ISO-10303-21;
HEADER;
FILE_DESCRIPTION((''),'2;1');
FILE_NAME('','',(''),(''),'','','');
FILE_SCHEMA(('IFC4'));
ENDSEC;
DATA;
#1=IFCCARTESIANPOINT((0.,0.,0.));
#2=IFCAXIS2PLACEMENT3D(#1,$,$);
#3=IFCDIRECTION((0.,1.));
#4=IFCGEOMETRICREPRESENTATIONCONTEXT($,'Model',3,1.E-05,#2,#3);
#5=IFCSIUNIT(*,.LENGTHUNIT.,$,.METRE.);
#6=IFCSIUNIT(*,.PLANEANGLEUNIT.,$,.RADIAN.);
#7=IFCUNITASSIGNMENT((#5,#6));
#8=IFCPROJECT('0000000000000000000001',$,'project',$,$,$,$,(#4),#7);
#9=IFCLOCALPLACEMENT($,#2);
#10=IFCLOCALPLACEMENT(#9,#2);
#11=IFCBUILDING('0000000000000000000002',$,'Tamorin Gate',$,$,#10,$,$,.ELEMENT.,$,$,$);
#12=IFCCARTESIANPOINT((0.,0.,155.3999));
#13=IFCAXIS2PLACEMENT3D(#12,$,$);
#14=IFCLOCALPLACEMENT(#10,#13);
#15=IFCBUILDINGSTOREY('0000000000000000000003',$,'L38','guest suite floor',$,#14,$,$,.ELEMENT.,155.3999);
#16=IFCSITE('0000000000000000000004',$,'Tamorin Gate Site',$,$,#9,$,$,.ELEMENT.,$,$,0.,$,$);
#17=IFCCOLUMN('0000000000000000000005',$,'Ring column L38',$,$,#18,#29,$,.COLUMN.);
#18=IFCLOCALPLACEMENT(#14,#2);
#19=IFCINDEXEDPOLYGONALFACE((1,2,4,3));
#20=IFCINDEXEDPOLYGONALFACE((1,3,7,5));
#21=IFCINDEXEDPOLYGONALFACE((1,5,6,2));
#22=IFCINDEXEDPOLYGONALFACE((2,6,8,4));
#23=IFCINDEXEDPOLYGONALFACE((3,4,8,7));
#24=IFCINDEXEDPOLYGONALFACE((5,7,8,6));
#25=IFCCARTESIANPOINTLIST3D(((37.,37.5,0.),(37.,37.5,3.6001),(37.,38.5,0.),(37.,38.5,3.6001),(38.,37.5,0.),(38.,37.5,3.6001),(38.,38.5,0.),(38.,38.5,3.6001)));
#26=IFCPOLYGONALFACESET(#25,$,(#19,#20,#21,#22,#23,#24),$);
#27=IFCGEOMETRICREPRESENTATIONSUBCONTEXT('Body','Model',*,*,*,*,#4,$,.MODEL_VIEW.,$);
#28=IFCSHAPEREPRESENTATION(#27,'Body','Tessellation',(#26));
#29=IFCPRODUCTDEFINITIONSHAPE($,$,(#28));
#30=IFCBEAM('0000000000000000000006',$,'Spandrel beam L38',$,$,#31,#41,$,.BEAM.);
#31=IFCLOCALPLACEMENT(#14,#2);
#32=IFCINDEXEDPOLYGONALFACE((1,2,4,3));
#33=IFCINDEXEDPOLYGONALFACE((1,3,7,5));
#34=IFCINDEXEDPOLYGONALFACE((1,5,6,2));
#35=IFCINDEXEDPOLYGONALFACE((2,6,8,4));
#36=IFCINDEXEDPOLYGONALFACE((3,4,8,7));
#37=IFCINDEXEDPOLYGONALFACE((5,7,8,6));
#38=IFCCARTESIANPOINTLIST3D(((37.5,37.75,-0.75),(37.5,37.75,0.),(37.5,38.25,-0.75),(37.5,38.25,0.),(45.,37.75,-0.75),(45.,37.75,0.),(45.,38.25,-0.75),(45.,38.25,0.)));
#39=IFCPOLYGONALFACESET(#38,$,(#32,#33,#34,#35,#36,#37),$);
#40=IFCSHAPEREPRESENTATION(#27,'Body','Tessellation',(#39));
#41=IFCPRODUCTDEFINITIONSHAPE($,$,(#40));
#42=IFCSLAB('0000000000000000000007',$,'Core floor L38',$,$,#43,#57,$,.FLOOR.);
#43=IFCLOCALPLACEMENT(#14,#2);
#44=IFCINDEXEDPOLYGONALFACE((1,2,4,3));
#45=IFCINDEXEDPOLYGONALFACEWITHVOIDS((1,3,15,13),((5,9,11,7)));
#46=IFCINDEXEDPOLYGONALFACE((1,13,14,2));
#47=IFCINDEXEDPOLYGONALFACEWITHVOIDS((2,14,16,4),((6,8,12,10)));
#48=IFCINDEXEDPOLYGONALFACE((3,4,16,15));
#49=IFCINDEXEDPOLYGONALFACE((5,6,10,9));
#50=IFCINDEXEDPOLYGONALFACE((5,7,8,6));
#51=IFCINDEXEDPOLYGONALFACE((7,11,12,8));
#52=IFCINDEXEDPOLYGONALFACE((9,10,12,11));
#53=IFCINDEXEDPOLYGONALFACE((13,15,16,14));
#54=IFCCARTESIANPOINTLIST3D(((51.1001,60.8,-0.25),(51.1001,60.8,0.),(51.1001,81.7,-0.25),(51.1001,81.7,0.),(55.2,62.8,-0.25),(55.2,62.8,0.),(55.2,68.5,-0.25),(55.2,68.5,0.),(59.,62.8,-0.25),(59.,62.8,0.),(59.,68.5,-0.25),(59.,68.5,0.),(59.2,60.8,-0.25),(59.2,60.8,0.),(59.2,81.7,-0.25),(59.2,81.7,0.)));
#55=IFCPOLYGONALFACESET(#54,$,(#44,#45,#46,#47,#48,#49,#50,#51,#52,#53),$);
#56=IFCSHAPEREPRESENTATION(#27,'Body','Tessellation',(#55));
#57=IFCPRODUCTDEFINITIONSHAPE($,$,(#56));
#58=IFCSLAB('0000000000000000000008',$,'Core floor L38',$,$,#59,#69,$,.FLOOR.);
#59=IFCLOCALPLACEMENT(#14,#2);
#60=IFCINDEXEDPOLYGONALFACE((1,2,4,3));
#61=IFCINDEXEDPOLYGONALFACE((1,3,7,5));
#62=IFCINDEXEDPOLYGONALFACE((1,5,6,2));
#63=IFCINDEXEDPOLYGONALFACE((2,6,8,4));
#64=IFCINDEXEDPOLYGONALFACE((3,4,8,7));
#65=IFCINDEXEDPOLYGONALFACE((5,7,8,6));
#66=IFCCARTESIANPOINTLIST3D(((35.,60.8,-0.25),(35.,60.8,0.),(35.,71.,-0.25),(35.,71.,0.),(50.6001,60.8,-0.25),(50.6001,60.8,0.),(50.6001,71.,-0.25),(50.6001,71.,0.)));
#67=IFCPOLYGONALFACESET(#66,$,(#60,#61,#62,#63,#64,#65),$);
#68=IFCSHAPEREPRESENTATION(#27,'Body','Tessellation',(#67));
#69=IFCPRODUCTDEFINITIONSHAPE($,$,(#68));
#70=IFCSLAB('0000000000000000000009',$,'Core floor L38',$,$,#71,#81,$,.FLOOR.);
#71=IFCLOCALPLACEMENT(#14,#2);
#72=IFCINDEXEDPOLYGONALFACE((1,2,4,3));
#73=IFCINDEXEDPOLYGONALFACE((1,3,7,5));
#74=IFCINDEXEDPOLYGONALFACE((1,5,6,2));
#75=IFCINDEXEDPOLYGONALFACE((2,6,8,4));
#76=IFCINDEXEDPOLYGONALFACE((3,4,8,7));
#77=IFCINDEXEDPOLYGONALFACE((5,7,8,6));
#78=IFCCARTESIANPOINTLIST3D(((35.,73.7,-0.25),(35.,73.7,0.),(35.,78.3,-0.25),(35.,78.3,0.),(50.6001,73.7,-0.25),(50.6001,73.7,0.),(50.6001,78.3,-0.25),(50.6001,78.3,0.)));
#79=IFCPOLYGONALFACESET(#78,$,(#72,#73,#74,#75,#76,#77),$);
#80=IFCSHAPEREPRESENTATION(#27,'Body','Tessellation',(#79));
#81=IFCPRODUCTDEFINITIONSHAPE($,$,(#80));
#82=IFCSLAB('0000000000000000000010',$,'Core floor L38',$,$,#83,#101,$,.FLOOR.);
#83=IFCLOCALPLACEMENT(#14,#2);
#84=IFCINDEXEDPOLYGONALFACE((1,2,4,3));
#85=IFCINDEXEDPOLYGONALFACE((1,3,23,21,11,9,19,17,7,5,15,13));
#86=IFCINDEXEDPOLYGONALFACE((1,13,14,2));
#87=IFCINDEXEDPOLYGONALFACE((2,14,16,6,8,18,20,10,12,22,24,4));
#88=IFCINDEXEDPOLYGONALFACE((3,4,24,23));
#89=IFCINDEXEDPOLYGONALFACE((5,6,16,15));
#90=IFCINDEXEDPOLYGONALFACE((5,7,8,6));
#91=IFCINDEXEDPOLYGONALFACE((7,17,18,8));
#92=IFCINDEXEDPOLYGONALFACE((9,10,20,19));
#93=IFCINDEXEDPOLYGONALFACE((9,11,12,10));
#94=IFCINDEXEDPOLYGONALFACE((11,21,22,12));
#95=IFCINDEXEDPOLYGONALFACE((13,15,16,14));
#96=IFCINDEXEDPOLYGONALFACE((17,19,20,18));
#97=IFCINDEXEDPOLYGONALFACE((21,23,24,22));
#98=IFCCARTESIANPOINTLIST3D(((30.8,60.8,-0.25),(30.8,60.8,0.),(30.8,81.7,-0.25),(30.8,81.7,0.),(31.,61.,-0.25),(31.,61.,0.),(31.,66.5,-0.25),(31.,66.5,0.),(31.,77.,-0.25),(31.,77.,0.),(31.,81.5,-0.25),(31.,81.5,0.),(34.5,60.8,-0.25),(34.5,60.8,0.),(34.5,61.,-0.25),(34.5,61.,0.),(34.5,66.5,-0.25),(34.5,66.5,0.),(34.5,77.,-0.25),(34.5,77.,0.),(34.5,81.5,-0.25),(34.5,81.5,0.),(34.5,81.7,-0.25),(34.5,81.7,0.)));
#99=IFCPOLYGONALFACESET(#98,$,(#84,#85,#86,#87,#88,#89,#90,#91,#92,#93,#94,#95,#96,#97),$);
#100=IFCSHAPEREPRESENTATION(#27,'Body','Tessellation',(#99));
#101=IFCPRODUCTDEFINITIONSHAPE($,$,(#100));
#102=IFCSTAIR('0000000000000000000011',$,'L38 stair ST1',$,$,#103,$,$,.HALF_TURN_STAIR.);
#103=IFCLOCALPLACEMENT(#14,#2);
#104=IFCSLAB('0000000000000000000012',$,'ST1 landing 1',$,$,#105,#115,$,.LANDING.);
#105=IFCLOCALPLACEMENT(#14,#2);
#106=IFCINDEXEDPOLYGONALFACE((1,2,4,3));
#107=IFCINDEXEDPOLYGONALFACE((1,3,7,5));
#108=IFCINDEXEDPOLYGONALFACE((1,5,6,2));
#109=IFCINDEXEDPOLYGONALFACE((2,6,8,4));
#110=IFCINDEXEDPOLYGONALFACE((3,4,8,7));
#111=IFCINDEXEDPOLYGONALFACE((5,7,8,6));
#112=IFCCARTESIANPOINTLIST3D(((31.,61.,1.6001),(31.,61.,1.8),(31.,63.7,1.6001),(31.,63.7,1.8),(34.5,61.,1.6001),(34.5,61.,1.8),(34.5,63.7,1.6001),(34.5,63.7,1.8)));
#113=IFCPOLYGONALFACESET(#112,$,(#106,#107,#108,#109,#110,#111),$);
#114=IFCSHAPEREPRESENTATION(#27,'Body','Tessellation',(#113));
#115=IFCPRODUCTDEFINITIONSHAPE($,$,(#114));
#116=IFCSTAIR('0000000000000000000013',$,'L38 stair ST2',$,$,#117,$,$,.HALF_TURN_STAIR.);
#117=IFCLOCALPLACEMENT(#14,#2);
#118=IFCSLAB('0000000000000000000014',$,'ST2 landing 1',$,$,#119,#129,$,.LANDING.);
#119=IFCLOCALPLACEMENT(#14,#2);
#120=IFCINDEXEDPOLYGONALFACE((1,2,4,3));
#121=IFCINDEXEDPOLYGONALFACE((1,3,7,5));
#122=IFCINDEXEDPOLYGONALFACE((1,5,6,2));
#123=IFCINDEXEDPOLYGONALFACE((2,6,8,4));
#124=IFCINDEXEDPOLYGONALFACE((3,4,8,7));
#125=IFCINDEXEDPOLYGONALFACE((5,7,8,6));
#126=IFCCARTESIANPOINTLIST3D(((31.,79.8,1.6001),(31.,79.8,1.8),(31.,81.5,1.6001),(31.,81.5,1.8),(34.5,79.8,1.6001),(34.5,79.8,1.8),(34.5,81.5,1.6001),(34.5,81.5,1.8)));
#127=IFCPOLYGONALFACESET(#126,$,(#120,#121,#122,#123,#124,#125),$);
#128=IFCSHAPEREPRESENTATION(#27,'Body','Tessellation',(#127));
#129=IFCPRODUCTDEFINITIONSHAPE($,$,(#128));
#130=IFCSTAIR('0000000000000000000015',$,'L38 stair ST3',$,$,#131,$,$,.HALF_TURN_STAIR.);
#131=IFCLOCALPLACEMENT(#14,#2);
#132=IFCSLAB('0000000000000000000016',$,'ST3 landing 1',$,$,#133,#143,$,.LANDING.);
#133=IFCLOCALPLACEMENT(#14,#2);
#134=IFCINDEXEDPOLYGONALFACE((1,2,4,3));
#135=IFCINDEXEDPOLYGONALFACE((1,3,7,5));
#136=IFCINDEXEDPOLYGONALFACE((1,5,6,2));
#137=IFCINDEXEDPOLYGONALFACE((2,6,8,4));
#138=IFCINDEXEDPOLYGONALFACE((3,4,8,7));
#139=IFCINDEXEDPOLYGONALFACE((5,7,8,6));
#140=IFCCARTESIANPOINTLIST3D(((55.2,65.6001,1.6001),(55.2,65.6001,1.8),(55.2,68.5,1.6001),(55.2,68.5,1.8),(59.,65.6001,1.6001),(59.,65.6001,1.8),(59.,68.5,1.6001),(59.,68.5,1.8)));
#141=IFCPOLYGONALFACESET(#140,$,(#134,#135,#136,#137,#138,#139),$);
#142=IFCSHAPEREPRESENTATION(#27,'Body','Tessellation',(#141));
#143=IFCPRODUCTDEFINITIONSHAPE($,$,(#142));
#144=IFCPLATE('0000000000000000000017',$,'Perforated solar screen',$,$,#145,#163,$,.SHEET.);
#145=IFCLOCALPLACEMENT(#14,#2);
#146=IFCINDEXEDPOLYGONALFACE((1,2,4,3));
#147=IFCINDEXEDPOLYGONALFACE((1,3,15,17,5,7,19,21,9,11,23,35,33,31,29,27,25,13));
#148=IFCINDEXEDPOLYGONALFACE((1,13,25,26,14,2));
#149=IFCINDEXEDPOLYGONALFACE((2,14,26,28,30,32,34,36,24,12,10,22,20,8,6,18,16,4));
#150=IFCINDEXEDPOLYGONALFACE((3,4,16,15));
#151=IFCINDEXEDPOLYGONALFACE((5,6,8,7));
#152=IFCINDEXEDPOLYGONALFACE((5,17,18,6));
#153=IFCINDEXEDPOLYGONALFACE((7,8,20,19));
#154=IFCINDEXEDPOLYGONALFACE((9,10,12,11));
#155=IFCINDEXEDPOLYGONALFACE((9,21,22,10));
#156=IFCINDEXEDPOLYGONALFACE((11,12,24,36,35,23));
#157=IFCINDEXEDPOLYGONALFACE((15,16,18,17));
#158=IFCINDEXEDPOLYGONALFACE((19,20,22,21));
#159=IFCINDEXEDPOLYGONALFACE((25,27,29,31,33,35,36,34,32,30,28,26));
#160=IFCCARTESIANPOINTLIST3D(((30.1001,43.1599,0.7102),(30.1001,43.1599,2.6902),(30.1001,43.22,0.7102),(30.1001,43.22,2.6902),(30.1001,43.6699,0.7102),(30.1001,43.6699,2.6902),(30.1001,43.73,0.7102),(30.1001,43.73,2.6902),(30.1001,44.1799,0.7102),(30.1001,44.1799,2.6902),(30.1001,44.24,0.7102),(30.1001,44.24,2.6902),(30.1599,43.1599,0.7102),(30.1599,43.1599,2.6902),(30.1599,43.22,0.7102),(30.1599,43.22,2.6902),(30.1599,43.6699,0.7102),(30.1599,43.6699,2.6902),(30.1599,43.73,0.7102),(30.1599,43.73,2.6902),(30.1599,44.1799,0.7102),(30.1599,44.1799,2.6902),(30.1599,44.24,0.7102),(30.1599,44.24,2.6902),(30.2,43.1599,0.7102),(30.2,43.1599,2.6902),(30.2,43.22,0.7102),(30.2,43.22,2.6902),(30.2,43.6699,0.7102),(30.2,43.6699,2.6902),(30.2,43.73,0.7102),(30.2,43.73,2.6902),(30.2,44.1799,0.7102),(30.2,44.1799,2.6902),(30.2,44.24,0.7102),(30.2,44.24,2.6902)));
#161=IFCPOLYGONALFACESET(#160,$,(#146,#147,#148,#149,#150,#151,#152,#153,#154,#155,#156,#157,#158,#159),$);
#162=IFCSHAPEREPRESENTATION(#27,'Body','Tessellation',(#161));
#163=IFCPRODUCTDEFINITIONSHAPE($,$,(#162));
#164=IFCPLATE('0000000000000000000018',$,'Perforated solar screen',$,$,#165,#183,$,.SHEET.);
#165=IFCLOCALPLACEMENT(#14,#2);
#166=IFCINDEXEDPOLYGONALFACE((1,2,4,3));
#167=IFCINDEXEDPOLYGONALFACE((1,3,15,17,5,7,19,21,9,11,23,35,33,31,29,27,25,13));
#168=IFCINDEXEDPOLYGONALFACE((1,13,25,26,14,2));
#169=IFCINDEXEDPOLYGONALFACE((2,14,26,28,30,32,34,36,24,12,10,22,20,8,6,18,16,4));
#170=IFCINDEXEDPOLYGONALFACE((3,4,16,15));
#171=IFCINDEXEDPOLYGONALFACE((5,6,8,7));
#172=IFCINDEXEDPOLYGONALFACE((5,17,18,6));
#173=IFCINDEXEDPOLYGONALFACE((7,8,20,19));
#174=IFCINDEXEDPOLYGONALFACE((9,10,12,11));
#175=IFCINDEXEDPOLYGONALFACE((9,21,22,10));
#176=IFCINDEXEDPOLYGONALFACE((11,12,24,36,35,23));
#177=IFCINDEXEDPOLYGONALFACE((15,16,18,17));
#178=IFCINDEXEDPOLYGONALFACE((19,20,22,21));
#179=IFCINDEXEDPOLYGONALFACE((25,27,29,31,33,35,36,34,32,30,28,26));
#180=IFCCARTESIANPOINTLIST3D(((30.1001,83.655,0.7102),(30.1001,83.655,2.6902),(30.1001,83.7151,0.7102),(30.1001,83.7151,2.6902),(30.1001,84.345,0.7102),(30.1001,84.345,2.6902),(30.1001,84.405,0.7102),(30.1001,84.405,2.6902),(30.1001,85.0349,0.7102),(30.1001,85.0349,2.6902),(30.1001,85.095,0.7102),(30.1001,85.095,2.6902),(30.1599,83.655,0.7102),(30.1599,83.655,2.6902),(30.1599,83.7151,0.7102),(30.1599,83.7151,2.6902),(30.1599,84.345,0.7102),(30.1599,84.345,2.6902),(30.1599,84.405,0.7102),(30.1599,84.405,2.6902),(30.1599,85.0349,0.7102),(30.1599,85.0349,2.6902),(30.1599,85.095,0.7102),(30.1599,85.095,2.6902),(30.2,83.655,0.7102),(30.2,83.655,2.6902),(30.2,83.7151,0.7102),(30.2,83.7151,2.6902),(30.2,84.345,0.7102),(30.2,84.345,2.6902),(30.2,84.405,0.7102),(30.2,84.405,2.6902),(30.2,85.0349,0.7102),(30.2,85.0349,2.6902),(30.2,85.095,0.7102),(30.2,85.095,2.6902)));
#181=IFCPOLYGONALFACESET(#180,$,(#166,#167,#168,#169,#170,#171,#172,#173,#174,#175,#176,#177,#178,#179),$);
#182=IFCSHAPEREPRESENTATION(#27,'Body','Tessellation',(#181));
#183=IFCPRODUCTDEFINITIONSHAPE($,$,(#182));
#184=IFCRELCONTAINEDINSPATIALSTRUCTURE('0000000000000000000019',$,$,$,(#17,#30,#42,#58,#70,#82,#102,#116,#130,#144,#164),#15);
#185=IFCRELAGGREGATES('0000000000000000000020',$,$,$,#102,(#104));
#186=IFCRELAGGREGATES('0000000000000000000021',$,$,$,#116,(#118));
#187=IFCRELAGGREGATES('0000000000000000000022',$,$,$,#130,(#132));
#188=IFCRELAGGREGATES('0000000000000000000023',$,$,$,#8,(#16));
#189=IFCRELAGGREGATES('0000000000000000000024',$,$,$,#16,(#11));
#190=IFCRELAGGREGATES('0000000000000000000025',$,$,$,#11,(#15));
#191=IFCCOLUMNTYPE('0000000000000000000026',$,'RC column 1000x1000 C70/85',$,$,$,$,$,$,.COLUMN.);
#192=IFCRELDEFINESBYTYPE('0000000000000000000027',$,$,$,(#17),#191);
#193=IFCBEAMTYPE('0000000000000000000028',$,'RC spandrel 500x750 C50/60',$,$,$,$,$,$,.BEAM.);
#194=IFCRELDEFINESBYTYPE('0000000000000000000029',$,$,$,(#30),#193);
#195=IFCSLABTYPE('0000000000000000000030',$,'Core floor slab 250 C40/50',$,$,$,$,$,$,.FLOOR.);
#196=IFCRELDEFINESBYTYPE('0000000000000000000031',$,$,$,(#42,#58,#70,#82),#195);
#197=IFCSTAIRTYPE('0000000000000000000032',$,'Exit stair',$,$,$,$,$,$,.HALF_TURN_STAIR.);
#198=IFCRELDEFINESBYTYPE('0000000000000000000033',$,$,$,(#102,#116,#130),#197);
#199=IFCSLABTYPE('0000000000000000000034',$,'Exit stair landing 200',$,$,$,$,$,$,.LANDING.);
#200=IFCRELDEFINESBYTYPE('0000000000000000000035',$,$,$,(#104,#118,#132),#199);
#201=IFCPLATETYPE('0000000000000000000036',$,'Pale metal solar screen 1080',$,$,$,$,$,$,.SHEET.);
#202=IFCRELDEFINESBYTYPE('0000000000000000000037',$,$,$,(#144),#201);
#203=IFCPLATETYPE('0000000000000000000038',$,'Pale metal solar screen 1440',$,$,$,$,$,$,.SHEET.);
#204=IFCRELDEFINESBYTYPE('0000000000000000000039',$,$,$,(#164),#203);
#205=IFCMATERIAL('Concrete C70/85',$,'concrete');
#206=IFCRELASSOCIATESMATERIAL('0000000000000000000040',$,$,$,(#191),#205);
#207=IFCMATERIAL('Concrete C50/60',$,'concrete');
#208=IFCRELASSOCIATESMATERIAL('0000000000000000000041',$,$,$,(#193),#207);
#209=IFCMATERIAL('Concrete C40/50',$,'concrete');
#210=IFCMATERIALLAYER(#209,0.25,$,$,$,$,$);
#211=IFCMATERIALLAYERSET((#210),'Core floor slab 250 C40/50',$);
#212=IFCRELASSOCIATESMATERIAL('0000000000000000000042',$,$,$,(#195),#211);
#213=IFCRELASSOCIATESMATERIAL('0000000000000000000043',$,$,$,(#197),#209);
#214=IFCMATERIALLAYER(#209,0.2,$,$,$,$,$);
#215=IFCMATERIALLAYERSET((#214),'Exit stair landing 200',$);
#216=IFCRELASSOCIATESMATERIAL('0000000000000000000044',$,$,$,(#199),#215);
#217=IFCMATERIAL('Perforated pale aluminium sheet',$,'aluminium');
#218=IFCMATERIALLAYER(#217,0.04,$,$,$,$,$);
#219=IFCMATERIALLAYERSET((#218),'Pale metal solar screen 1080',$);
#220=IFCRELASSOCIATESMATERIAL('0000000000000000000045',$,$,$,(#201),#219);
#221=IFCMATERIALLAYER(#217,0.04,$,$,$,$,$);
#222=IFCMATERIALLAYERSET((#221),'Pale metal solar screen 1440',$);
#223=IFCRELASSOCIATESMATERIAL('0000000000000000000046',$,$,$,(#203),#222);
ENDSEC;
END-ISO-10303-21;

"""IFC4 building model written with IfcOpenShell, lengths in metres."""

from ifc_helpers import new_model, si_unit, direction, frame, origin, origin_2d, place, context, subcontext, project, spatial, polyline, rectangle, outline, extrude, material, layer, layer_set, material_profile, profile_set, type_object, element, aggregate, save


model = new_model("IFC4")

# Units and contexts
model_context = context("Model", 3, precision=1e-05, world=origin(), true_north=direction((0.0, 1.0)))
body_context = subcontext(model_context, "Body", "Model", "MODEL_VIEW")
ifc_project = project(units=[si_unit("LENGTHUNIT", "METRE"), si_unit("PLANEANGLEUNIT", "RADIAN")], contexts=[model_context])

# Site, building, storey
site_placement = place(None, origin())
site = spatial("IfcSite", under=ifc_project, at=site_placement, Name="Tamorin Gate Site", CompositionType="ELEMENT", RefElevation=0.0)
building_placement = place(site_placement, origin())
building = spatial("IfcBuilding", under=site, at=building_placement, Name="Tamorin Gate", CompositionType="ELEMENT")
storey_placement = place(building_placement, frame((0.0, 0.0, 155.3999)))
storey = spatial("IfcBuildingStorey", under=building, at=storey_placement, Name="L38", Description="guest suite floor", CompositionType="ELEMENT", Elevation=155.3999)

# Column
ifc_material_1 = material(Name="Concrete C70/85", Category="concrete")
ifc_material_profile_1 = material_profile(ifc_material_1, rectangle(XDim=1.0, YDim=1.0, at=origin_2d()), Name="RC 1000x1000")
ifc_profile_set_1 = profile_set([ifc_material_profile_1], Name="Concrete C70/85")
column_type = type_object("IfcColumnType", Name="RC column 1000x1000 C70/85", PredefinedType="COLUMN", material=ifc_profile_set_1)
column_placement = place(storey_placement, frame((37.5, 38.0, 0.0), z_axis=(0.0, 0.0, 1.0), x_axis=(1.0, 0.0, 0.0)))
element("IfcColumn", 1, at=column_placement, inside=storey, type_object=column_type, Name="Ring column L38", PredefinedType="COLUMN", context=body_context, shape_type="SweptSolid", body=[
    extrude(rectangle(XDim=1.0, YDim=1.0, at=origin_2d()), origin(), (0.0, 0.0, 1.0), 3.6001),
])

# Beam
ifc_material_2 = material(Name="Concrete C50/60", Category="concrete")
ifc_material_profile_2 = material_profile(ifc_material_2, rectangle(XDim=0.5, YDim=0.75, at=origin_2d()), Name="RC 500x750")
ifc_profile_set_2 = profile_set([ifc_material_profile_2], Name="Concrete C50/60")
beam_type = type_object("IfcBeamType", Name="RC spandrel 500x750 C50/60", PredefinedType="BEAM", material=ifc_profile_set_2)
beam_placement = place(storey_placement, frame((37.5, 38.0, -0.375), z_axis=(1.0, 0.0, 0.0), x_axis=(0.0, 1.0, 0.0)))
element("IfcBeam", 2, at=beam_placement, inside=storey, type_object=beam_type, Name="Spandrel beam L38", PredefinedType="BEAM", context=body_context, shape_type="SweptSolid", body=[
    extrude(rectangle(XDim=0.5, YDim=0.75, at=origin_2d()), origin(), (0.0, 0.0, 1.0), 7.5),
])

# Slabs
ifc_material_3 = material(Name="Concrete C40/50", Category="concrete")
ifc_layer_1 = layer(ifc_material_3, 0.25)
ifc_layer_set_1 = layer_set([ifc_layer_1], Name="Core floor slab 250 C40/50")
slab_type_1 = type_object("IfcSlabType", Name="Core floor slab 250 C40/50", PredefinedType="FLOOR", material=ifc_layer_set_1)
slab_1_placement = place(storey_placement, frame((0.0, 0.0, -0.25)))
element("IfcSlab", 3, at=slab_1_placement, inside=storey, type_object=slab_type_1, Name="Core floor L38", PredefinedType="FLOOR", context=body_context, shape_type="SweptSolid", body=[
    extrude(outline(polyline([(51.1001, 81.7), (59.2, 81.7), (59.2, 60.8), (51.1001, 60.8), (51.1001, 81.7)]), holes=[polyline([(55.2, 62.8), (59.0, 62.8), (59.0, 68.5), (55.2, 68.5), (55.2, 62.8)])]), origin(), (0.0, 0.0, 1.0), 0.25),
])
slab_2_placement = place(storey_placement, frame((0.0, 0.0, -0.25)))
element("IfcSlab", 4, at=slab_2_placement, inside=storey, type_object=slab_type_1, Name="Core floor L38", PredefinedType="FLOOR", context=body_context, shape_type="SweptSolid", body=[
    extrude(outline(polyline([(50.6001, 71.0), (50.6001, 60.8), (35.0, 60.8), (35.0, 71.0), (50.6001, 71.0)])), origin(), (0.0, 0.0, 1.0), 0.25),
])
slab_3_placement = place(storey_placement, frame((0.0, 0.0, -0.25)))
element("IfcSlab", 5, at=slab_3_placement, inside=storey, type_object=slab_type_1, Name="Core floor L38", PredefinedType="FLOOR", context=body_context, shape_type="SweptSolid", body=[
    extrude(outline(polyline([(50.6001, 73.7), (35.0, 73.7), (35.0, 78.3), (50.6001, 78.3), (50.6001, 73.7)])), origin(), (0.0, 0.0, 1.0), 0.25),
])
slab_4_placement = place(storey_placement, frame((0.0, 0.0, -0.25)))
element("IfcSlab", 6, at=slab_4_placement, inside=storey, type_object=slab_type_1, Name="Core floor L38", PredefinedType="FLOOR", context=body_context, shape_type="SweptSolid", body=[
    extrude(outline(polyline([(34.5, 60.8), (30.8, 60.8), (30.8, 81.7), (34.5, 81.7), (34.5, 81.5), (31.0, 81.5), (31.0, 77.0), (34.5, 77.0), (34.5, 66.5), (31.0, 66.5), (31.0, 61.0), (34.5, 61.0), (34.5, 60.8)])), origin(), (0.0, 0.0, 1.0), 0.25),
])

# Stairs, slabs
stair_type = type_object("IfcStairType", Name="Exit stair", PredefinedType="HALF_TURN_STAIR", material=ifc_material_3)
stair_1_placement = place(storey_placement, origin())
stair_1 = element("IfcStair", 7, at=stair_1_placement, inside=storey, type_object=stair_type, Name="L38 stair ST1", PredefinedType="HALF_TURN_STAIR")
ifc_layer_2 = layer(ifc_material_3, 0.2)
ifc_layer_set_2 = layer_set([ifc_layer_2], Name="Exit stair landing 200")
slab_type_2 = type_object("IfcSlabType", Name="Exit stair landing 200", PredefinedType="LANDING", material=ifc_layer_set_2)
slab_5_placement = place(storey_placement, frame((0.0, 0.0, 1.6001)))
slab_5 = element("IfcSlab", 8, at=slab_5_placement, type_object=slab_type_2, Name="ST1 landing 1", PredefinedType="LANDING", context=body_context, shape_type="SweptSolid", body=[
    extrude(outline(polyline([(31.0, 63.7), (31.0, 61.0), (34.5, 61.0), (34.5, 63.7), (31.0, 63.7)])), origin(), (0.0, 0.0, 1.0), 0.2),
])
aggregate(stair_1, [slab_5])
stair_2_placement = place(storey_placement, origin())
stair_2 = element("IfcStair", 9, at=stair_2_placement, inside=storey, type_object=stair_type, Name="L38 stair ST2", PredefinedType="HALF_TURN_STAIR")
slab_6_placement = place(storey_placement, frame((0.0, 0.0, 1.6001)))
slab_6 = element("IfcSlab", 10, at=slab_6_placement, type_object=slab_type_2, Name="ST2 landing 1", PredefinedType="LANDING", context=body_context, shape_type="SweptSolid", body=[
    extrude(outline(polyline([(34.5, 79.8), (34.5, 81.5), (31.0, 81.5), (31.0, 79.8), (34.5, 79.8)])), origin(), (0.0, 0.0, 1.0), 0.2),
])
aggregate(stair_2, [slab_6])
stair_3_placement = place(storey_placement, origin())
stair_3 = element("IfcStair", 11, at=stair_3_placement, inside=storey, type_object=stair_type, Name="L38 stair ST3", PredefinedType="HALF_TURN_STAIR")
slab_7_placement = place(storey_placement, frame((0.0, 0.0, 1.6001)))
slab_7 = element("IfcSlab", 12, at=slab_7_placement, type_object=slab_type_2, Name="ST3 landing 1", PredefinedType="LANDING", context=body_context, shape_type="SweptSolid", body=[
    extrude(outline(polyline([(59.0, 65.6001), (59.0, 68.5), (55.2, 68.5), (55.2, 65.6001), (59.0, 65.6001)])), origin(), (0.0, 0.0, 1.0), 0.2),
])
aggregate(stair_3, [slab_7])

# Plates
ifc_material_4 = material(Name="Perforated pale aluminium sheet", Category="aluminium")
ifc_layer_3 = layer(ifc_material_4, 0.04)
ifc_layer_set_3 = layer_set([ifc_layer_3], Name="Pale metal solar screen 1080")
plate_type_1 = type_object("IfcPlateType", Name="Pale metal solar screen 1080", PredefinedType="SHEET", material=ifc_layer_set_3)
plate_1_placement = place(storey_placement, frame((0.0, 0.0, 0.7102)))
element("IfcPlate", 13, at=plate_1_placement, inside=storey, type_object=plate_type_1, Name="Perforated solar screen", PredefinedType="SHEET", context=body_context, shape_type="SweptSolid", body=[
    extrude(outline(polyline([(30.1599, 44.24), (30.2, 44.24), (30.2, 44.1799), (30.2, 43.73), (30.2, 43.6699), (30.2, 43.22), (30.2, 43.1599), (30.1599, 43.1599), (30.1001, 43.1599), (30.1001, 43.22), (30.1599, 43.22), (30.1599, 43.6699), (30.1001, 43.6699), (30.1001, 43.73), (30.1599, 43.73), (30.1599, 44.1799), (30.1001, 44.1799), (30.1001, 44.24), (30.1599, 44.24)])), origin(), (0.0, 0.0, 1.0), 1.98),
])
ifc_layer_4 = layer(ifc_material_4, 0.04)
ifc_layer_set_4 = layer_set([ifc_layer_4], Name="Pale metal solar screen 1440")
plate_type_2 = type_object("IfcPlateType", Name="Pale metal solar screen 1440", PredefinedType="SHEET", material=ifc_layer_set_4)
plate_2_placement = place(storey_placement, frame((0.0, 0.0, 0.7102)))
element("IfcPlate", 14, at=plate_2_placement, inside=storey, type_object=plate_type_2, Name="Perforated solar screen", PredefinedType="SHEET", context=body_context, shape_type="SweptSolid", body=[
    extrude(outline(polyline([(30.1599, 85.095), (30.2, 85.095), (30.2, 85.0349), (30.2, 84.405), (30.2, 84.345), (30.2, 83.7151), (30.2, 83.655), (30.1599, 83.655), (30.1001, 83.655), (30.1001, 83.7151), (30.1599, 83.7151), (30.1599, 84.345), (30.1001, 84.345), (30.1001, 84.405), (30.1599, 84.405), (30.1599, 85.0349), (30.1001, 85.0349), (30.1001, 85.095), (30.1599, 85.095)])), origin(), (0.0, 0.0, 1.0), 1.98),
])

save(model, "model.ifc")
